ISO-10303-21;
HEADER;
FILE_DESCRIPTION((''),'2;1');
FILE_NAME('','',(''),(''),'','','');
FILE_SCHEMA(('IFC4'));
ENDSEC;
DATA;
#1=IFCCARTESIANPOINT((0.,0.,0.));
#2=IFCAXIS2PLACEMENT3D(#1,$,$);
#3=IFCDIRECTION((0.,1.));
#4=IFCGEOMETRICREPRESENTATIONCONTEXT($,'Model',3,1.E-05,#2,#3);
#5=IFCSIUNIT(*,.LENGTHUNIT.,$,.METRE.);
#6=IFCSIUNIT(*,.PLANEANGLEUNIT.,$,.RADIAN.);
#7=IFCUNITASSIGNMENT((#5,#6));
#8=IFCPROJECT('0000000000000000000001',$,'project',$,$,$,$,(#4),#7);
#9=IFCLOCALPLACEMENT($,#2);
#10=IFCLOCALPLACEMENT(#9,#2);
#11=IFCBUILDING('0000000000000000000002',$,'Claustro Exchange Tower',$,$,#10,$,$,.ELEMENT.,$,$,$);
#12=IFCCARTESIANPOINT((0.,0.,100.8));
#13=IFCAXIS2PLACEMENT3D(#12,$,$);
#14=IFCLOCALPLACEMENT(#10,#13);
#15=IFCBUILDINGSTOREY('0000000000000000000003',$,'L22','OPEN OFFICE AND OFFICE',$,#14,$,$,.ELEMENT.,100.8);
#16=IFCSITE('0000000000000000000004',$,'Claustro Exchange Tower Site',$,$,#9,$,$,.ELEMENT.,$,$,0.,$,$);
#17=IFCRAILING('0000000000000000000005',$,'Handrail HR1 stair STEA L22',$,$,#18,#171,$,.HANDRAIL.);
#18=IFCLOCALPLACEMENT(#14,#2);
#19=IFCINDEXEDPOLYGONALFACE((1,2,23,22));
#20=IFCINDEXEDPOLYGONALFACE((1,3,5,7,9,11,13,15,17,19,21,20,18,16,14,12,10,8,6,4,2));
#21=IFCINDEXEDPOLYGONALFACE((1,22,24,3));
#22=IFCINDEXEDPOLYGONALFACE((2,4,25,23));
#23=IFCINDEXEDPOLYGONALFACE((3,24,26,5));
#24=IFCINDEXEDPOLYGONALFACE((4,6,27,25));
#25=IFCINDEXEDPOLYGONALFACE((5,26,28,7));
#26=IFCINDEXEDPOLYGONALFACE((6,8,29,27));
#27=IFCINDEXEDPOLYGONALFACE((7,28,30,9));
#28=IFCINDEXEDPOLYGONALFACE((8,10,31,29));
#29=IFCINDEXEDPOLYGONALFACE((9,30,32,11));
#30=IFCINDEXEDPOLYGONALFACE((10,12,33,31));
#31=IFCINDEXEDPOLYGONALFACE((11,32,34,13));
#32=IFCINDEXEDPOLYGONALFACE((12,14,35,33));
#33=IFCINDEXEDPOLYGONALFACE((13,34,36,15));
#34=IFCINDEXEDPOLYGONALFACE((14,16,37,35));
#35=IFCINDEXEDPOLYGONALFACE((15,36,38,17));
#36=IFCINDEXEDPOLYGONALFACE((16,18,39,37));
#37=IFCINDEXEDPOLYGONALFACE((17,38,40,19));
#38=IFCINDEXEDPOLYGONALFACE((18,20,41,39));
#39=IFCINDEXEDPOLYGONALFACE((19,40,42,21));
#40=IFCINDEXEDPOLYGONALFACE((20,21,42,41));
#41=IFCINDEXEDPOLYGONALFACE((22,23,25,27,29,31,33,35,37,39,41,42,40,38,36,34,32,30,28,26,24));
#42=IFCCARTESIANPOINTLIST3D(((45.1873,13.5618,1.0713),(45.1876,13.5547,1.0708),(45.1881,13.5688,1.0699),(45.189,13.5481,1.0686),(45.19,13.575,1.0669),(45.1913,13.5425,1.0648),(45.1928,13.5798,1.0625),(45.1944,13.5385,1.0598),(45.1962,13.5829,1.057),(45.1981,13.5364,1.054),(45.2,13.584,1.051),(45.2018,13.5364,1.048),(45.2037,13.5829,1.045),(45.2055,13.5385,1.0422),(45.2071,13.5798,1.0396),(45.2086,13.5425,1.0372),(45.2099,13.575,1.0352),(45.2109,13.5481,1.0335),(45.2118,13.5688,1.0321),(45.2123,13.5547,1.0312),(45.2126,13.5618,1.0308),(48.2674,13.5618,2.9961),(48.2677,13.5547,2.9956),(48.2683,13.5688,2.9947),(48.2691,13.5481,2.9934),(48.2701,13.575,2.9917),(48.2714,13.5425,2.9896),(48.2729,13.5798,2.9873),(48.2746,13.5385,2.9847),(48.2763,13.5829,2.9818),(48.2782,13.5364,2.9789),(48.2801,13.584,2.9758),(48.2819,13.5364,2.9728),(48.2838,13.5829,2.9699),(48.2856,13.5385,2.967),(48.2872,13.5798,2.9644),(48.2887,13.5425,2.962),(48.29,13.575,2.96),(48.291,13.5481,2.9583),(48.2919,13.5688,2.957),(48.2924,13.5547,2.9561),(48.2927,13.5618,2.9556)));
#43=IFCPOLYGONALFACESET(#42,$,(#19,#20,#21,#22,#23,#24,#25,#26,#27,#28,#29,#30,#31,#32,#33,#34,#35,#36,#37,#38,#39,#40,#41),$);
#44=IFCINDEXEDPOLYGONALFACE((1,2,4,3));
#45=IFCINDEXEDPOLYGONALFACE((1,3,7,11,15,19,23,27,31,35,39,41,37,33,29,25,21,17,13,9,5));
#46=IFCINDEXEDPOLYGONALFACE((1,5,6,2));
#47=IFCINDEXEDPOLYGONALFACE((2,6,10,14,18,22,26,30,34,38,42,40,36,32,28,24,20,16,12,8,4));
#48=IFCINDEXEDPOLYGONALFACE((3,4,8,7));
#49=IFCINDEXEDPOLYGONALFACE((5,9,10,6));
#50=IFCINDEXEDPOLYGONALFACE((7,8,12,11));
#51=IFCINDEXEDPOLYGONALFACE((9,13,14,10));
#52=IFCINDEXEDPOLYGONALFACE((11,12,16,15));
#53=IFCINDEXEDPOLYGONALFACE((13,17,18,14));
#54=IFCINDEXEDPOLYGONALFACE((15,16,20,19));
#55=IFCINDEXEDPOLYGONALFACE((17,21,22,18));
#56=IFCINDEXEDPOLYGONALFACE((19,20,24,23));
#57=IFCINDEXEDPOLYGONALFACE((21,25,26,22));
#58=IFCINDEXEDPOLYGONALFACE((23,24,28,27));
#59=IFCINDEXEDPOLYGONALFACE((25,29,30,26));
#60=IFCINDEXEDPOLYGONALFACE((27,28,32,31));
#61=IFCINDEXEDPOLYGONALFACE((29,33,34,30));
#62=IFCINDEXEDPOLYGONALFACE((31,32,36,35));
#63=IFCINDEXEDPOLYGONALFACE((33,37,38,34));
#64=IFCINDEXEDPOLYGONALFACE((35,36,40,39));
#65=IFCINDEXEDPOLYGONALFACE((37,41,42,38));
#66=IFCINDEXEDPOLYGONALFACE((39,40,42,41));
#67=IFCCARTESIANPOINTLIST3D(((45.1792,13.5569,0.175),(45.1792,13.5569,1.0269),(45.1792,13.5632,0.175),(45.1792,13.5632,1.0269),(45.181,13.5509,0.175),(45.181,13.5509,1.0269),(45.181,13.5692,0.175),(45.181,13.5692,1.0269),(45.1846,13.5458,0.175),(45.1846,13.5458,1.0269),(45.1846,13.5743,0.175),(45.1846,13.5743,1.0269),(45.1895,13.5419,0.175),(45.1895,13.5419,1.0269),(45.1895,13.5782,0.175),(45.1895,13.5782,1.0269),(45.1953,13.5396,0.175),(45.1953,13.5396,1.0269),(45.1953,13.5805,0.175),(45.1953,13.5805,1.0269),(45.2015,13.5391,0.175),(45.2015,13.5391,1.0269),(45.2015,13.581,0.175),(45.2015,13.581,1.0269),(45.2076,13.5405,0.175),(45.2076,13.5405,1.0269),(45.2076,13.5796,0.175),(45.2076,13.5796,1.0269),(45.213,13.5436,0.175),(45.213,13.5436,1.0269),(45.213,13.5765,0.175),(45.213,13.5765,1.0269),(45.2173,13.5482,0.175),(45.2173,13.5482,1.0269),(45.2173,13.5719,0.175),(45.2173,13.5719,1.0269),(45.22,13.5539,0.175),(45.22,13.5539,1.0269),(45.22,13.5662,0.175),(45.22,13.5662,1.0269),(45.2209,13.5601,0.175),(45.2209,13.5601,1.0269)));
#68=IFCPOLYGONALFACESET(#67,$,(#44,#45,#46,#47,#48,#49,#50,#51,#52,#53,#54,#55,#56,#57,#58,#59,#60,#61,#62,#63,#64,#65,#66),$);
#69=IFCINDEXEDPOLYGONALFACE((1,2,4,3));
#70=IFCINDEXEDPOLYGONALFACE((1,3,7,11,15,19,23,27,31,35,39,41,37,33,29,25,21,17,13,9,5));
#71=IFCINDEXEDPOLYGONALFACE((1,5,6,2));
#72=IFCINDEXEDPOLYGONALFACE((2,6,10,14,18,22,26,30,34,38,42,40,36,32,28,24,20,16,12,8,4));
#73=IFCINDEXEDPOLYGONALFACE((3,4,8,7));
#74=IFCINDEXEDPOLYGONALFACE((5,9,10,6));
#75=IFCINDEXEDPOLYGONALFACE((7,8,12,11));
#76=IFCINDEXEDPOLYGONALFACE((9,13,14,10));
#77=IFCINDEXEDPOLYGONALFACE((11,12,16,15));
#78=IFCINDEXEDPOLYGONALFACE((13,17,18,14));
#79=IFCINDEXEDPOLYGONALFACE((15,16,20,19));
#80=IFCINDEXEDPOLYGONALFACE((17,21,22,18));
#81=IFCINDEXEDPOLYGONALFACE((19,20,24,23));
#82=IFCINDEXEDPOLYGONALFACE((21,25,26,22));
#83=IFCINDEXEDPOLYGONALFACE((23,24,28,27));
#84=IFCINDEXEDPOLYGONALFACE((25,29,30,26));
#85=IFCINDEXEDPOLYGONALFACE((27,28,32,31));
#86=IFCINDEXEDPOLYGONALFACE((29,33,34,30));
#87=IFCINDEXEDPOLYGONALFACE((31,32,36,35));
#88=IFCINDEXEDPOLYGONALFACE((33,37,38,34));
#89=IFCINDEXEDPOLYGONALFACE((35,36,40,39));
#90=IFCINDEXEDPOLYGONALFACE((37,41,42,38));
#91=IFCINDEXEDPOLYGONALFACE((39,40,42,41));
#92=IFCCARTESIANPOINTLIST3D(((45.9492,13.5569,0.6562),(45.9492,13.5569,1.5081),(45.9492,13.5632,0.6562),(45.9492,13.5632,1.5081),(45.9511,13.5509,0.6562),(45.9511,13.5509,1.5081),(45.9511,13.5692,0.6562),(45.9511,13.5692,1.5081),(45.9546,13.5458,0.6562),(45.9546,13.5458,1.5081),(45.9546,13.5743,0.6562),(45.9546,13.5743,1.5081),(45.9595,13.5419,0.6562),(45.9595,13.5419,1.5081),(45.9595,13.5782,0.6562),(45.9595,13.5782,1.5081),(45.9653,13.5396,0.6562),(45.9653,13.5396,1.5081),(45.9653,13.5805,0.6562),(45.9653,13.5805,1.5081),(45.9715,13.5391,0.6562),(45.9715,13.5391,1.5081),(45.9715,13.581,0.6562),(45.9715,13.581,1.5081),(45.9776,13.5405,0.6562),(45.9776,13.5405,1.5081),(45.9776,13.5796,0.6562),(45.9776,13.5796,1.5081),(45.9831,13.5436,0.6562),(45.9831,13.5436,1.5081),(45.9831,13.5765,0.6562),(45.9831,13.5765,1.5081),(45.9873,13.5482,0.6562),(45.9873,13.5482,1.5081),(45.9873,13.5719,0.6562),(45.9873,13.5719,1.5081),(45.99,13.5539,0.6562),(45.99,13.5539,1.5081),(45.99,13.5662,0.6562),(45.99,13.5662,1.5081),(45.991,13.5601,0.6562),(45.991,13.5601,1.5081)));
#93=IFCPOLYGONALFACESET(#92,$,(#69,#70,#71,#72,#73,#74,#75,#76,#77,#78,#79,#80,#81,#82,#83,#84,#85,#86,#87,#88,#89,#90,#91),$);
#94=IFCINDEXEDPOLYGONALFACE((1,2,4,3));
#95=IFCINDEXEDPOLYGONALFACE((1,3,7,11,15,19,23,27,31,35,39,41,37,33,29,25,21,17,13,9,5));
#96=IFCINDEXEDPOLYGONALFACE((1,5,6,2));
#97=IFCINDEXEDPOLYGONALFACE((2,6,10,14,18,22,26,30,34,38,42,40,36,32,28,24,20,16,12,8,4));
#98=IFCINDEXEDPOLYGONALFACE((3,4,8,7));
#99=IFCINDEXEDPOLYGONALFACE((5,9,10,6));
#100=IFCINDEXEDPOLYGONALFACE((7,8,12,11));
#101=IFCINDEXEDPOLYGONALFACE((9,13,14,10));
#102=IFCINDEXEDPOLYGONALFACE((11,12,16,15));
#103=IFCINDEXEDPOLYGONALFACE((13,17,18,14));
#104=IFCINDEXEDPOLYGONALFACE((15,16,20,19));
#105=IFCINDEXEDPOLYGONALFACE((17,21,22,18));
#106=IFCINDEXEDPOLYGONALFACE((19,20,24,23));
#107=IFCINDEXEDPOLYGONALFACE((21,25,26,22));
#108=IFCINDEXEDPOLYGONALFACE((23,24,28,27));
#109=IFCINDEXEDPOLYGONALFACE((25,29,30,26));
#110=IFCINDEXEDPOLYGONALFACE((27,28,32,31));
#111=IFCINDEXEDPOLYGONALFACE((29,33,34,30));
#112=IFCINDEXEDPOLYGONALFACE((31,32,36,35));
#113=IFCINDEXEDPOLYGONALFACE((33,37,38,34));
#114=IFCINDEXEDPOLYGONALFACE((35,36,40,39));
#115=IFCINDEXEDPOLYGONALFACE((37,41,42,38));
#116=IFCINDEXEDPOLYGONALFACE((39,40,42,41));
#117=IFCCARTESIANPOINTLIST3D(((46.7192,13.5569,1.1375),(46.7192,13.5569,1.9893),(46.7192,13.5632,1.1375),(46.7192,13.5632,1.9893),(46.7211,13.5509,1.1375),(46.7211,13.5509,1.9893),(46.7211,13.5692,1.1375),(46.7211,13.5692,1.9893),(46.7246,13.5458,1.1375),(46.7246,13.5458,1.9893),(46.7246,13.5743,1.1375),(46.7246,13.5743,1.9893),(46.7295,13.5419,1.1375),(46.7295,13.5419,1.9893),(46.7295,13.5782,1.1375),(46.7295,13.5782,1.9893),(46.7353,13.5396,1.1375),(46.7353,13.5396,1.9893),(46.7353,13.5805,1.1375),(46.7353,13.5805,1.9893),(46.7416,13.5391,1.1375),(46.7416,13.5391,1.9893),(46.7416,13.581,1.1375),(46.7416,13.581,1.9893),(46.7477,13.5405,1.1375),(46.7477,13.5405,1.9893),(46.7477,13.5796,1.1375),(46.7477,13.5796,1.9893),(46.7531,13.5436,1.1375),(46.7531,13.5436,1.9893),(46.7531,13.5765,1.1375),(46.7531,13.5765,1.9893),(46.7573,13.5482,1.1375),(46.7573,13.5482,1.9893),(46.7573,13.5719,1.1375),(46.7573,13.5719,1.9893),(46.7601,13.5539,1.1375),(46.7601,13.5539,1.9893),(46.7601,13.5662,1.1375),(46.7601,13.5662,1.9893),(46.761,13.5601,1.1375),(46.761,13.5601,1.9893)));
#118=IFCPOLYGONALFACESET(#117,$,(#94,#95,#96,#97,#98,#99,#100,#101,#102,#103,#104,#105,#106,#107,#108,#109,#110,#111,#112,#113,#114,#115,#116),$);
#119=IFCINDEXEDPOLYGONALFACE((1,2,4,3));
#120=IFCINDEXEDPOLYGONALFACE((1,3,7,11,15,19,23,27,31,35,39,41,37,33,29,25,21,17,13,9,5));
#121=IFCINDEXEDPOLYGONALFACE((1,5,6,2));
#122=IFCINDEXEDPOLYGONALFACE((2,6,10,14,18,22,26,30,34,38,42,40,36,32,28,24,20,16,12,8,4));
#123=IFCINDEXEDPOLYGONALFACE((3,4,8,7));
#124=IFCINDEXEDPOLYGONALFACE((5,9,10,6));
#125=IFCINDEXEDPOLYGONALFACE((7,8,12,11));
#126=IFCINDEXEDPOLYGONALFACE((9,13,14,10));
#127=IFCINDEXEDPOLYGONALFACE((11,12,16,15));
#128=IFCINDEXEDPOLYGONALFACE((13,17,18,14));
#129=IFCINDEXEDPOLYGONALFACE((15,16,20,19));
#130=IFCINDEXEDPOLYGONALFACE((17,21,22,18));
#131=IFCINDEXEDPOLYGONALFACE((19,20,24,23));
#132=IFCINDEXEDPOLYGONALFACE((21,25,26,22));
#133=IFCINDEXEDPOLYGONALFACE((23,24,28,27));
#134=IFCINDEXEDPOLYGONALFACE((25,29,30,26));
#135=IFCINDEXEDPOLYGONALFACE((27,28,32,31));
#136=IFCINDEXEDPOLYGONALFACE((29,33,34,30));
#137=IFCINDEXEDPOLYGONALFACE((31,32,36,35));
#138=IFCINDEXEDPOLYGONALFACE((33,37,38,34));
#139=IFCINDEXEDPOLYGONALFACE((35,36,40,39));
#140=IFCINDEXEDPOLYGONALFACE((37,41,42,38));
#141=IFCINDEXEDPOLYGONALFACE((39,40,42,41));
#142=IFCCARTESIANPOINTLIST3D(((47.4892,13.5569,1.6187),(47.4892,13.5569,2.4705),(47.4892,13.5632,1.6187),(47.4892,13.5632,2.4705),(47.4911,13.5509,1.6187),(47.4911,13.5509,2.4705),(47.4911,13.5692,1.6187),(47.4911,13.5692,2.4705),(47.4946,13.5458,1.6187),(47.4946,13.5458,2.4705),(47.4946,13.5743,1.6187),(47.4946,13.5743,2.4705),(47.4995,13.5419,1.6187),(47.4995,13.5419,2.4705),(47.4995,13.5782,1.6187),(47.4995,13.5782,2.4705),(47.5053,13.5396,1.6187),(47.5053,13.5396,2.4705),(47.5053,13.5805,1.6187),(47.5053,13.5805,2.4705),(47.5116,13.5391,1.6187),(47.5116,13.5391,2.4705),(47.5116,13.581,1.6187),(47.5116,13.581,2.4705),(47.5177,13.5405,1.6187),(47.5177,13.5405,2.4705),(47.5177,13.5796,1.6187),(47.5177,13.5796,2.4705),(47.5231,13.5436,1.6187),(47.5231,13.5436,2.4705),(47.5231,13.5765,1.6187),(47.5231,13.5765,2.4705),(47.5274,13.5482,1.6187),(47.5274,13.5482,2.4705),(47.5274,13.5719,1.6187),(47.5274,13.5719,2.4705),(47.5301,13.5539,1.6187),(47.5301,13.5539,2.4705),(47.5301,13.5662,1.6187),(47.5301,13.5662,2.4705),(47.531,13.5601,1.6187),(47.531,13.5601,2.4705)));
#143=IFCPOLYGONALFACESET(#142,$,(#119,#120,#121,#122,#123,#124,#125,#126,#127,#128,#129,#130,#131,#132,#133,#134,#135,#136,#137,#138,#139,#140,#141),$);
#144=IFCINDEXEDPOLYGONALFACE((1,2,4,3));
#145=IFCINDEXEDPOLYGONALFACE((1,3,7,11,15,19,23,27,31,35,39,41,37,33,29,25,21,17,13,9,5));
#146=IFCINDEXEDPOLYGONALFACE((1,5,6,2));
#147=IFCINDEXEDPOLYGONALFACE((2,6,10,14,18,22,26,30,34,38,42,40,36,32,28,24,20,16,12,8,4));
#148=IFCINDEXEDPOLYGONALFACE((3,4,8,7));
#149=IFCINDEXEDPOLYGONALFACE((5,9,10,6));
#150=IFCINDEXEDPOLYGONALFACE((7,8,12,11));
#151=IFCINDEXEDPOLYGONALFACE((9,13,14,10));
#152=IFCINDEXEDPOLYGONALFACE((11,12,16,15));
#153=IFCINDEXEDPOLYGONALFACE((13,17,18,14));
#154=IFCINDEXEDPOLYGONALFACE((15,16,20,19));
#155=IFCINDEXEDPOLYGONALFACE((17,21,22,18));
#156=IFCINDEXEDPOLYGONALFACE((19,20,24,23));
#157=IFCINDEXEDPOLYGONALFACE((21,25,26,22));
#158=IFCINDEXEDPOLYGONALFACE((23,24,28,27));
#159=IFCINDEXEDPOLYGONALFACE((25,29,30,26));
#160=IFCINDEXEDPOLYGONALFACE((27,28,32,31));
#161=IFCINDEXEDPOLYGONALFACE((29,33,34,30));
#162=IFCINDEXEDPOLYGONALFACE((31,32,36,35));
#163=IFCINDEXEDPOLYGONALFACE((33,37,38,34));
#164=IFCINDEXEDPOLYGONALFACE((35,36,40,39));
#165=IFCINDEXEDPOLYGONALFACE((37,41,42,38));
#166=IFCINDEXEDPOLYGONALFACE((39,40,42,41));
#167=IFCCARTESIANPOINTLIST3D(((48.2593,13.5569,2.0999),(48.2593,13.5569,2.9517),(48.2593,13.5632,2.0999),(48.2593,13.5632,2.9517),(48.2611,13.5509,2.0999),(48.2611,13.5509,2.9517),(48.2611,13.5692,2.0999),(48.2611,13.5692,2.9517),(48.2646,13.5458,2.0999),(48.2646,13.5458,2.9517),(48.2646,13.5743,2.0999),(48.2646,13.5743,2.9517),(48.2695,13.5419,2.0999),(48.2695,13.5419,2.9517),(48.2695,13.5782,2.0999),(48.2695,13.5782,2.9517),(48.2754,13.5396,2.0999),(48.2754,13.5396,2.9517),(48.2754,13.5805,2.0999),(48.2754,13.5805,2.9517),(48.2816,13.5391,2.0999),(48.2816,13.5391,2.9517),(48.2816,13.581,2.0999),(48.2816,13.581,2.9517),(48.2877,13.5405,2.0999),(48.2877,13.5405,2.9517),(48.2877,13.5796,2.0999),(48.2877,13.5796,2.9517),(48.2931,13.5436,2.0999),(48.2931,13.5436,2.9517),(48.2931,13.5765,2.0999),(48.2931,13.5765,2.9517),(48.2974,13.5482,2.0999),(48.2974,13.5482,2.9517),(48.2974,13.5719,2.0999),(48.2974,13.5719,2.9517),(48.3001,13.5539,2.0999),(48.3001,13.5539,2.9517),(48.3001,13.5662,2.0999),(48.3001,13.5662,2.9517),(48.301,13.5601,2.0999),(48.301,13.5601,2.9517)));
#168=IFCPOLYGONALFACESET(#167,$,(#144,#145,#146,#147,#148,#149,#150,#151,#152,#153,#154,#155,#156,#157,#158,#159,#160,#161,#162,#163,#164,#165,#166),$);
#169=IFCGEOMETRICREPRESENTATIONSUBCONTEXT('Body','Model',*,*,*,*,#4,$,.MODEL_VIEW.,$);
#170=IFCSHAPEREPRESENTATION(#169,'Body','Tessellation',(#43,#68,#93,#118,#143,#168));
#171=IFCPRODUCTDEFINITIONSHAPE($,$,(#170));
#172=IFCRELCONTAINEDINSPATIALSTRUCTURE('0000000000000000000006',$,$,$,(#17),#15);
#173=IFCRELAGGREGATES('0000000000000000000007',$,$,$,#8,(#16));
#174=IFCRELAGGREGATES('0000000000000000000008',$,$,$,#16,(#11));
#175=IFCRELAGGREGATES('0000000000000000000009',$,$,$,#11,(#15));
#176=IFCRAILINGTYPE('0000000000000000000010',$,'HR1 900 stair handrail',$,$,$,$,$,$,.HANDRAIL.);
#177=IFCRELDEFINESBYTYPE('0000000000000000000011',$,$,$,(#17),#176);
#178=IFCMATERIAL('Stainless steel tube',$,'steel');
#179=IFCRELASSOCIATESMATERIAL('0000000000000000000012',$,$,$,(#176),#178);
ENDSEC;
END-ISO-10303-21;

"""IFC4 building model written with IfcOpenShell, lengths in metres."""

from ifc_helpers import new_model, si_unit, direction, frame, origin, origin_2d, place, context, subcontext, project, spatial, circle, extrude, material, type_object, element, save


model = new_model("IFC4")

# Units and contexts
model_context = context("Model", 3, precision=1e-05, world=origin(), true_north=direction((0.0, 1.0)))
body_context = subcontext(model_context, "Body", "Model", "MODEL_VIEW")
ifc_project = project(units=[si_unit("LENGTHUNIT", "METRE"), si_unit("PLANEANGLEUNIT", "RADIAN")], contexts=[model_context])

# Site, building, storey
site_placement = place(None, origin())
site = spatial("IfcSite", under=ifc_project, at=site_placement, Name="Claustro Exchange Tower Site", CompositionType="ELEMENT", RefElevation=0.0)
building_placement = place(site_placement, origin())
building = spatial("IfcBuilding", under=site, at=building_placement, Name="Claustro Exchange Tower", CompositionType="ELEMENT")
storey_placement = place(building_placement, frame((0.0, 0.0, 100.8)))
storey = spatial("IfcBuildingStorey", under=building, at=storey_placement, Name="L22", Description="OPEN OFFICE AND OFFICE", CompositionType="ELEMENT", Elevation=100.8)

# Railing
ifc_material_1 = material(Name="Stainless steel tube", Category="steel")
railing_type_1 = type_object("IfcRailingType", Name="HR1 900 stair handrail", PredefinedType="HANDRAIL", material=ifc_material_1)
railing_1_placement = place(storey_placement, frame((45.2, 13.5601, 0.175)))
element("IfcRailing", 1, at=railing_1_placement, inside=storey, type_object=railing_type_1, Name="Handrail HR1 stair STEA L22", PredefinedType="HANDRAIL", context=body_context, shape_type="SweptSolid", body=[
    extrude(circle(Radius=0.0239, at=origin_2d()), frame((0.0, 0.0, 0.876), z_axis=(0.848029, 0.0, 0.529951), x_axis=(0.0, 1.0, 0.0)), (0.0, 0.0, 1.0), 3.6321),
    extrude(circle(Radius=0.021, at=origin_2d()), origin(), (0.0, 0.0, 1.0), 0.8518),
    extrude(circle(Radius=0.021, at=origin_2d()), frame((0.77, 0.0, 0.4812)), (0.0, 0.0, 1.0), 0.8518),
    extrude(circle(Radius=0.021, at=origin_2d()), frame((1.54, 0.0, 0.9624)), (0.0, 0.0, 1.0), 0.8518),
    extrude(circle(Radius=0.021, at=origin_2d()), frame((2.3101, 0.0, 1.4436)), (0.0, 0.0, 1.0), 0.8518),
    extrude(circle(Radius=0.021, at=origin_2d()), frame((3.0801, 0.0, 1.9248)), (0.0, 0.0, 1.0), 0.8518),
])

save(model, "model.ifc")
